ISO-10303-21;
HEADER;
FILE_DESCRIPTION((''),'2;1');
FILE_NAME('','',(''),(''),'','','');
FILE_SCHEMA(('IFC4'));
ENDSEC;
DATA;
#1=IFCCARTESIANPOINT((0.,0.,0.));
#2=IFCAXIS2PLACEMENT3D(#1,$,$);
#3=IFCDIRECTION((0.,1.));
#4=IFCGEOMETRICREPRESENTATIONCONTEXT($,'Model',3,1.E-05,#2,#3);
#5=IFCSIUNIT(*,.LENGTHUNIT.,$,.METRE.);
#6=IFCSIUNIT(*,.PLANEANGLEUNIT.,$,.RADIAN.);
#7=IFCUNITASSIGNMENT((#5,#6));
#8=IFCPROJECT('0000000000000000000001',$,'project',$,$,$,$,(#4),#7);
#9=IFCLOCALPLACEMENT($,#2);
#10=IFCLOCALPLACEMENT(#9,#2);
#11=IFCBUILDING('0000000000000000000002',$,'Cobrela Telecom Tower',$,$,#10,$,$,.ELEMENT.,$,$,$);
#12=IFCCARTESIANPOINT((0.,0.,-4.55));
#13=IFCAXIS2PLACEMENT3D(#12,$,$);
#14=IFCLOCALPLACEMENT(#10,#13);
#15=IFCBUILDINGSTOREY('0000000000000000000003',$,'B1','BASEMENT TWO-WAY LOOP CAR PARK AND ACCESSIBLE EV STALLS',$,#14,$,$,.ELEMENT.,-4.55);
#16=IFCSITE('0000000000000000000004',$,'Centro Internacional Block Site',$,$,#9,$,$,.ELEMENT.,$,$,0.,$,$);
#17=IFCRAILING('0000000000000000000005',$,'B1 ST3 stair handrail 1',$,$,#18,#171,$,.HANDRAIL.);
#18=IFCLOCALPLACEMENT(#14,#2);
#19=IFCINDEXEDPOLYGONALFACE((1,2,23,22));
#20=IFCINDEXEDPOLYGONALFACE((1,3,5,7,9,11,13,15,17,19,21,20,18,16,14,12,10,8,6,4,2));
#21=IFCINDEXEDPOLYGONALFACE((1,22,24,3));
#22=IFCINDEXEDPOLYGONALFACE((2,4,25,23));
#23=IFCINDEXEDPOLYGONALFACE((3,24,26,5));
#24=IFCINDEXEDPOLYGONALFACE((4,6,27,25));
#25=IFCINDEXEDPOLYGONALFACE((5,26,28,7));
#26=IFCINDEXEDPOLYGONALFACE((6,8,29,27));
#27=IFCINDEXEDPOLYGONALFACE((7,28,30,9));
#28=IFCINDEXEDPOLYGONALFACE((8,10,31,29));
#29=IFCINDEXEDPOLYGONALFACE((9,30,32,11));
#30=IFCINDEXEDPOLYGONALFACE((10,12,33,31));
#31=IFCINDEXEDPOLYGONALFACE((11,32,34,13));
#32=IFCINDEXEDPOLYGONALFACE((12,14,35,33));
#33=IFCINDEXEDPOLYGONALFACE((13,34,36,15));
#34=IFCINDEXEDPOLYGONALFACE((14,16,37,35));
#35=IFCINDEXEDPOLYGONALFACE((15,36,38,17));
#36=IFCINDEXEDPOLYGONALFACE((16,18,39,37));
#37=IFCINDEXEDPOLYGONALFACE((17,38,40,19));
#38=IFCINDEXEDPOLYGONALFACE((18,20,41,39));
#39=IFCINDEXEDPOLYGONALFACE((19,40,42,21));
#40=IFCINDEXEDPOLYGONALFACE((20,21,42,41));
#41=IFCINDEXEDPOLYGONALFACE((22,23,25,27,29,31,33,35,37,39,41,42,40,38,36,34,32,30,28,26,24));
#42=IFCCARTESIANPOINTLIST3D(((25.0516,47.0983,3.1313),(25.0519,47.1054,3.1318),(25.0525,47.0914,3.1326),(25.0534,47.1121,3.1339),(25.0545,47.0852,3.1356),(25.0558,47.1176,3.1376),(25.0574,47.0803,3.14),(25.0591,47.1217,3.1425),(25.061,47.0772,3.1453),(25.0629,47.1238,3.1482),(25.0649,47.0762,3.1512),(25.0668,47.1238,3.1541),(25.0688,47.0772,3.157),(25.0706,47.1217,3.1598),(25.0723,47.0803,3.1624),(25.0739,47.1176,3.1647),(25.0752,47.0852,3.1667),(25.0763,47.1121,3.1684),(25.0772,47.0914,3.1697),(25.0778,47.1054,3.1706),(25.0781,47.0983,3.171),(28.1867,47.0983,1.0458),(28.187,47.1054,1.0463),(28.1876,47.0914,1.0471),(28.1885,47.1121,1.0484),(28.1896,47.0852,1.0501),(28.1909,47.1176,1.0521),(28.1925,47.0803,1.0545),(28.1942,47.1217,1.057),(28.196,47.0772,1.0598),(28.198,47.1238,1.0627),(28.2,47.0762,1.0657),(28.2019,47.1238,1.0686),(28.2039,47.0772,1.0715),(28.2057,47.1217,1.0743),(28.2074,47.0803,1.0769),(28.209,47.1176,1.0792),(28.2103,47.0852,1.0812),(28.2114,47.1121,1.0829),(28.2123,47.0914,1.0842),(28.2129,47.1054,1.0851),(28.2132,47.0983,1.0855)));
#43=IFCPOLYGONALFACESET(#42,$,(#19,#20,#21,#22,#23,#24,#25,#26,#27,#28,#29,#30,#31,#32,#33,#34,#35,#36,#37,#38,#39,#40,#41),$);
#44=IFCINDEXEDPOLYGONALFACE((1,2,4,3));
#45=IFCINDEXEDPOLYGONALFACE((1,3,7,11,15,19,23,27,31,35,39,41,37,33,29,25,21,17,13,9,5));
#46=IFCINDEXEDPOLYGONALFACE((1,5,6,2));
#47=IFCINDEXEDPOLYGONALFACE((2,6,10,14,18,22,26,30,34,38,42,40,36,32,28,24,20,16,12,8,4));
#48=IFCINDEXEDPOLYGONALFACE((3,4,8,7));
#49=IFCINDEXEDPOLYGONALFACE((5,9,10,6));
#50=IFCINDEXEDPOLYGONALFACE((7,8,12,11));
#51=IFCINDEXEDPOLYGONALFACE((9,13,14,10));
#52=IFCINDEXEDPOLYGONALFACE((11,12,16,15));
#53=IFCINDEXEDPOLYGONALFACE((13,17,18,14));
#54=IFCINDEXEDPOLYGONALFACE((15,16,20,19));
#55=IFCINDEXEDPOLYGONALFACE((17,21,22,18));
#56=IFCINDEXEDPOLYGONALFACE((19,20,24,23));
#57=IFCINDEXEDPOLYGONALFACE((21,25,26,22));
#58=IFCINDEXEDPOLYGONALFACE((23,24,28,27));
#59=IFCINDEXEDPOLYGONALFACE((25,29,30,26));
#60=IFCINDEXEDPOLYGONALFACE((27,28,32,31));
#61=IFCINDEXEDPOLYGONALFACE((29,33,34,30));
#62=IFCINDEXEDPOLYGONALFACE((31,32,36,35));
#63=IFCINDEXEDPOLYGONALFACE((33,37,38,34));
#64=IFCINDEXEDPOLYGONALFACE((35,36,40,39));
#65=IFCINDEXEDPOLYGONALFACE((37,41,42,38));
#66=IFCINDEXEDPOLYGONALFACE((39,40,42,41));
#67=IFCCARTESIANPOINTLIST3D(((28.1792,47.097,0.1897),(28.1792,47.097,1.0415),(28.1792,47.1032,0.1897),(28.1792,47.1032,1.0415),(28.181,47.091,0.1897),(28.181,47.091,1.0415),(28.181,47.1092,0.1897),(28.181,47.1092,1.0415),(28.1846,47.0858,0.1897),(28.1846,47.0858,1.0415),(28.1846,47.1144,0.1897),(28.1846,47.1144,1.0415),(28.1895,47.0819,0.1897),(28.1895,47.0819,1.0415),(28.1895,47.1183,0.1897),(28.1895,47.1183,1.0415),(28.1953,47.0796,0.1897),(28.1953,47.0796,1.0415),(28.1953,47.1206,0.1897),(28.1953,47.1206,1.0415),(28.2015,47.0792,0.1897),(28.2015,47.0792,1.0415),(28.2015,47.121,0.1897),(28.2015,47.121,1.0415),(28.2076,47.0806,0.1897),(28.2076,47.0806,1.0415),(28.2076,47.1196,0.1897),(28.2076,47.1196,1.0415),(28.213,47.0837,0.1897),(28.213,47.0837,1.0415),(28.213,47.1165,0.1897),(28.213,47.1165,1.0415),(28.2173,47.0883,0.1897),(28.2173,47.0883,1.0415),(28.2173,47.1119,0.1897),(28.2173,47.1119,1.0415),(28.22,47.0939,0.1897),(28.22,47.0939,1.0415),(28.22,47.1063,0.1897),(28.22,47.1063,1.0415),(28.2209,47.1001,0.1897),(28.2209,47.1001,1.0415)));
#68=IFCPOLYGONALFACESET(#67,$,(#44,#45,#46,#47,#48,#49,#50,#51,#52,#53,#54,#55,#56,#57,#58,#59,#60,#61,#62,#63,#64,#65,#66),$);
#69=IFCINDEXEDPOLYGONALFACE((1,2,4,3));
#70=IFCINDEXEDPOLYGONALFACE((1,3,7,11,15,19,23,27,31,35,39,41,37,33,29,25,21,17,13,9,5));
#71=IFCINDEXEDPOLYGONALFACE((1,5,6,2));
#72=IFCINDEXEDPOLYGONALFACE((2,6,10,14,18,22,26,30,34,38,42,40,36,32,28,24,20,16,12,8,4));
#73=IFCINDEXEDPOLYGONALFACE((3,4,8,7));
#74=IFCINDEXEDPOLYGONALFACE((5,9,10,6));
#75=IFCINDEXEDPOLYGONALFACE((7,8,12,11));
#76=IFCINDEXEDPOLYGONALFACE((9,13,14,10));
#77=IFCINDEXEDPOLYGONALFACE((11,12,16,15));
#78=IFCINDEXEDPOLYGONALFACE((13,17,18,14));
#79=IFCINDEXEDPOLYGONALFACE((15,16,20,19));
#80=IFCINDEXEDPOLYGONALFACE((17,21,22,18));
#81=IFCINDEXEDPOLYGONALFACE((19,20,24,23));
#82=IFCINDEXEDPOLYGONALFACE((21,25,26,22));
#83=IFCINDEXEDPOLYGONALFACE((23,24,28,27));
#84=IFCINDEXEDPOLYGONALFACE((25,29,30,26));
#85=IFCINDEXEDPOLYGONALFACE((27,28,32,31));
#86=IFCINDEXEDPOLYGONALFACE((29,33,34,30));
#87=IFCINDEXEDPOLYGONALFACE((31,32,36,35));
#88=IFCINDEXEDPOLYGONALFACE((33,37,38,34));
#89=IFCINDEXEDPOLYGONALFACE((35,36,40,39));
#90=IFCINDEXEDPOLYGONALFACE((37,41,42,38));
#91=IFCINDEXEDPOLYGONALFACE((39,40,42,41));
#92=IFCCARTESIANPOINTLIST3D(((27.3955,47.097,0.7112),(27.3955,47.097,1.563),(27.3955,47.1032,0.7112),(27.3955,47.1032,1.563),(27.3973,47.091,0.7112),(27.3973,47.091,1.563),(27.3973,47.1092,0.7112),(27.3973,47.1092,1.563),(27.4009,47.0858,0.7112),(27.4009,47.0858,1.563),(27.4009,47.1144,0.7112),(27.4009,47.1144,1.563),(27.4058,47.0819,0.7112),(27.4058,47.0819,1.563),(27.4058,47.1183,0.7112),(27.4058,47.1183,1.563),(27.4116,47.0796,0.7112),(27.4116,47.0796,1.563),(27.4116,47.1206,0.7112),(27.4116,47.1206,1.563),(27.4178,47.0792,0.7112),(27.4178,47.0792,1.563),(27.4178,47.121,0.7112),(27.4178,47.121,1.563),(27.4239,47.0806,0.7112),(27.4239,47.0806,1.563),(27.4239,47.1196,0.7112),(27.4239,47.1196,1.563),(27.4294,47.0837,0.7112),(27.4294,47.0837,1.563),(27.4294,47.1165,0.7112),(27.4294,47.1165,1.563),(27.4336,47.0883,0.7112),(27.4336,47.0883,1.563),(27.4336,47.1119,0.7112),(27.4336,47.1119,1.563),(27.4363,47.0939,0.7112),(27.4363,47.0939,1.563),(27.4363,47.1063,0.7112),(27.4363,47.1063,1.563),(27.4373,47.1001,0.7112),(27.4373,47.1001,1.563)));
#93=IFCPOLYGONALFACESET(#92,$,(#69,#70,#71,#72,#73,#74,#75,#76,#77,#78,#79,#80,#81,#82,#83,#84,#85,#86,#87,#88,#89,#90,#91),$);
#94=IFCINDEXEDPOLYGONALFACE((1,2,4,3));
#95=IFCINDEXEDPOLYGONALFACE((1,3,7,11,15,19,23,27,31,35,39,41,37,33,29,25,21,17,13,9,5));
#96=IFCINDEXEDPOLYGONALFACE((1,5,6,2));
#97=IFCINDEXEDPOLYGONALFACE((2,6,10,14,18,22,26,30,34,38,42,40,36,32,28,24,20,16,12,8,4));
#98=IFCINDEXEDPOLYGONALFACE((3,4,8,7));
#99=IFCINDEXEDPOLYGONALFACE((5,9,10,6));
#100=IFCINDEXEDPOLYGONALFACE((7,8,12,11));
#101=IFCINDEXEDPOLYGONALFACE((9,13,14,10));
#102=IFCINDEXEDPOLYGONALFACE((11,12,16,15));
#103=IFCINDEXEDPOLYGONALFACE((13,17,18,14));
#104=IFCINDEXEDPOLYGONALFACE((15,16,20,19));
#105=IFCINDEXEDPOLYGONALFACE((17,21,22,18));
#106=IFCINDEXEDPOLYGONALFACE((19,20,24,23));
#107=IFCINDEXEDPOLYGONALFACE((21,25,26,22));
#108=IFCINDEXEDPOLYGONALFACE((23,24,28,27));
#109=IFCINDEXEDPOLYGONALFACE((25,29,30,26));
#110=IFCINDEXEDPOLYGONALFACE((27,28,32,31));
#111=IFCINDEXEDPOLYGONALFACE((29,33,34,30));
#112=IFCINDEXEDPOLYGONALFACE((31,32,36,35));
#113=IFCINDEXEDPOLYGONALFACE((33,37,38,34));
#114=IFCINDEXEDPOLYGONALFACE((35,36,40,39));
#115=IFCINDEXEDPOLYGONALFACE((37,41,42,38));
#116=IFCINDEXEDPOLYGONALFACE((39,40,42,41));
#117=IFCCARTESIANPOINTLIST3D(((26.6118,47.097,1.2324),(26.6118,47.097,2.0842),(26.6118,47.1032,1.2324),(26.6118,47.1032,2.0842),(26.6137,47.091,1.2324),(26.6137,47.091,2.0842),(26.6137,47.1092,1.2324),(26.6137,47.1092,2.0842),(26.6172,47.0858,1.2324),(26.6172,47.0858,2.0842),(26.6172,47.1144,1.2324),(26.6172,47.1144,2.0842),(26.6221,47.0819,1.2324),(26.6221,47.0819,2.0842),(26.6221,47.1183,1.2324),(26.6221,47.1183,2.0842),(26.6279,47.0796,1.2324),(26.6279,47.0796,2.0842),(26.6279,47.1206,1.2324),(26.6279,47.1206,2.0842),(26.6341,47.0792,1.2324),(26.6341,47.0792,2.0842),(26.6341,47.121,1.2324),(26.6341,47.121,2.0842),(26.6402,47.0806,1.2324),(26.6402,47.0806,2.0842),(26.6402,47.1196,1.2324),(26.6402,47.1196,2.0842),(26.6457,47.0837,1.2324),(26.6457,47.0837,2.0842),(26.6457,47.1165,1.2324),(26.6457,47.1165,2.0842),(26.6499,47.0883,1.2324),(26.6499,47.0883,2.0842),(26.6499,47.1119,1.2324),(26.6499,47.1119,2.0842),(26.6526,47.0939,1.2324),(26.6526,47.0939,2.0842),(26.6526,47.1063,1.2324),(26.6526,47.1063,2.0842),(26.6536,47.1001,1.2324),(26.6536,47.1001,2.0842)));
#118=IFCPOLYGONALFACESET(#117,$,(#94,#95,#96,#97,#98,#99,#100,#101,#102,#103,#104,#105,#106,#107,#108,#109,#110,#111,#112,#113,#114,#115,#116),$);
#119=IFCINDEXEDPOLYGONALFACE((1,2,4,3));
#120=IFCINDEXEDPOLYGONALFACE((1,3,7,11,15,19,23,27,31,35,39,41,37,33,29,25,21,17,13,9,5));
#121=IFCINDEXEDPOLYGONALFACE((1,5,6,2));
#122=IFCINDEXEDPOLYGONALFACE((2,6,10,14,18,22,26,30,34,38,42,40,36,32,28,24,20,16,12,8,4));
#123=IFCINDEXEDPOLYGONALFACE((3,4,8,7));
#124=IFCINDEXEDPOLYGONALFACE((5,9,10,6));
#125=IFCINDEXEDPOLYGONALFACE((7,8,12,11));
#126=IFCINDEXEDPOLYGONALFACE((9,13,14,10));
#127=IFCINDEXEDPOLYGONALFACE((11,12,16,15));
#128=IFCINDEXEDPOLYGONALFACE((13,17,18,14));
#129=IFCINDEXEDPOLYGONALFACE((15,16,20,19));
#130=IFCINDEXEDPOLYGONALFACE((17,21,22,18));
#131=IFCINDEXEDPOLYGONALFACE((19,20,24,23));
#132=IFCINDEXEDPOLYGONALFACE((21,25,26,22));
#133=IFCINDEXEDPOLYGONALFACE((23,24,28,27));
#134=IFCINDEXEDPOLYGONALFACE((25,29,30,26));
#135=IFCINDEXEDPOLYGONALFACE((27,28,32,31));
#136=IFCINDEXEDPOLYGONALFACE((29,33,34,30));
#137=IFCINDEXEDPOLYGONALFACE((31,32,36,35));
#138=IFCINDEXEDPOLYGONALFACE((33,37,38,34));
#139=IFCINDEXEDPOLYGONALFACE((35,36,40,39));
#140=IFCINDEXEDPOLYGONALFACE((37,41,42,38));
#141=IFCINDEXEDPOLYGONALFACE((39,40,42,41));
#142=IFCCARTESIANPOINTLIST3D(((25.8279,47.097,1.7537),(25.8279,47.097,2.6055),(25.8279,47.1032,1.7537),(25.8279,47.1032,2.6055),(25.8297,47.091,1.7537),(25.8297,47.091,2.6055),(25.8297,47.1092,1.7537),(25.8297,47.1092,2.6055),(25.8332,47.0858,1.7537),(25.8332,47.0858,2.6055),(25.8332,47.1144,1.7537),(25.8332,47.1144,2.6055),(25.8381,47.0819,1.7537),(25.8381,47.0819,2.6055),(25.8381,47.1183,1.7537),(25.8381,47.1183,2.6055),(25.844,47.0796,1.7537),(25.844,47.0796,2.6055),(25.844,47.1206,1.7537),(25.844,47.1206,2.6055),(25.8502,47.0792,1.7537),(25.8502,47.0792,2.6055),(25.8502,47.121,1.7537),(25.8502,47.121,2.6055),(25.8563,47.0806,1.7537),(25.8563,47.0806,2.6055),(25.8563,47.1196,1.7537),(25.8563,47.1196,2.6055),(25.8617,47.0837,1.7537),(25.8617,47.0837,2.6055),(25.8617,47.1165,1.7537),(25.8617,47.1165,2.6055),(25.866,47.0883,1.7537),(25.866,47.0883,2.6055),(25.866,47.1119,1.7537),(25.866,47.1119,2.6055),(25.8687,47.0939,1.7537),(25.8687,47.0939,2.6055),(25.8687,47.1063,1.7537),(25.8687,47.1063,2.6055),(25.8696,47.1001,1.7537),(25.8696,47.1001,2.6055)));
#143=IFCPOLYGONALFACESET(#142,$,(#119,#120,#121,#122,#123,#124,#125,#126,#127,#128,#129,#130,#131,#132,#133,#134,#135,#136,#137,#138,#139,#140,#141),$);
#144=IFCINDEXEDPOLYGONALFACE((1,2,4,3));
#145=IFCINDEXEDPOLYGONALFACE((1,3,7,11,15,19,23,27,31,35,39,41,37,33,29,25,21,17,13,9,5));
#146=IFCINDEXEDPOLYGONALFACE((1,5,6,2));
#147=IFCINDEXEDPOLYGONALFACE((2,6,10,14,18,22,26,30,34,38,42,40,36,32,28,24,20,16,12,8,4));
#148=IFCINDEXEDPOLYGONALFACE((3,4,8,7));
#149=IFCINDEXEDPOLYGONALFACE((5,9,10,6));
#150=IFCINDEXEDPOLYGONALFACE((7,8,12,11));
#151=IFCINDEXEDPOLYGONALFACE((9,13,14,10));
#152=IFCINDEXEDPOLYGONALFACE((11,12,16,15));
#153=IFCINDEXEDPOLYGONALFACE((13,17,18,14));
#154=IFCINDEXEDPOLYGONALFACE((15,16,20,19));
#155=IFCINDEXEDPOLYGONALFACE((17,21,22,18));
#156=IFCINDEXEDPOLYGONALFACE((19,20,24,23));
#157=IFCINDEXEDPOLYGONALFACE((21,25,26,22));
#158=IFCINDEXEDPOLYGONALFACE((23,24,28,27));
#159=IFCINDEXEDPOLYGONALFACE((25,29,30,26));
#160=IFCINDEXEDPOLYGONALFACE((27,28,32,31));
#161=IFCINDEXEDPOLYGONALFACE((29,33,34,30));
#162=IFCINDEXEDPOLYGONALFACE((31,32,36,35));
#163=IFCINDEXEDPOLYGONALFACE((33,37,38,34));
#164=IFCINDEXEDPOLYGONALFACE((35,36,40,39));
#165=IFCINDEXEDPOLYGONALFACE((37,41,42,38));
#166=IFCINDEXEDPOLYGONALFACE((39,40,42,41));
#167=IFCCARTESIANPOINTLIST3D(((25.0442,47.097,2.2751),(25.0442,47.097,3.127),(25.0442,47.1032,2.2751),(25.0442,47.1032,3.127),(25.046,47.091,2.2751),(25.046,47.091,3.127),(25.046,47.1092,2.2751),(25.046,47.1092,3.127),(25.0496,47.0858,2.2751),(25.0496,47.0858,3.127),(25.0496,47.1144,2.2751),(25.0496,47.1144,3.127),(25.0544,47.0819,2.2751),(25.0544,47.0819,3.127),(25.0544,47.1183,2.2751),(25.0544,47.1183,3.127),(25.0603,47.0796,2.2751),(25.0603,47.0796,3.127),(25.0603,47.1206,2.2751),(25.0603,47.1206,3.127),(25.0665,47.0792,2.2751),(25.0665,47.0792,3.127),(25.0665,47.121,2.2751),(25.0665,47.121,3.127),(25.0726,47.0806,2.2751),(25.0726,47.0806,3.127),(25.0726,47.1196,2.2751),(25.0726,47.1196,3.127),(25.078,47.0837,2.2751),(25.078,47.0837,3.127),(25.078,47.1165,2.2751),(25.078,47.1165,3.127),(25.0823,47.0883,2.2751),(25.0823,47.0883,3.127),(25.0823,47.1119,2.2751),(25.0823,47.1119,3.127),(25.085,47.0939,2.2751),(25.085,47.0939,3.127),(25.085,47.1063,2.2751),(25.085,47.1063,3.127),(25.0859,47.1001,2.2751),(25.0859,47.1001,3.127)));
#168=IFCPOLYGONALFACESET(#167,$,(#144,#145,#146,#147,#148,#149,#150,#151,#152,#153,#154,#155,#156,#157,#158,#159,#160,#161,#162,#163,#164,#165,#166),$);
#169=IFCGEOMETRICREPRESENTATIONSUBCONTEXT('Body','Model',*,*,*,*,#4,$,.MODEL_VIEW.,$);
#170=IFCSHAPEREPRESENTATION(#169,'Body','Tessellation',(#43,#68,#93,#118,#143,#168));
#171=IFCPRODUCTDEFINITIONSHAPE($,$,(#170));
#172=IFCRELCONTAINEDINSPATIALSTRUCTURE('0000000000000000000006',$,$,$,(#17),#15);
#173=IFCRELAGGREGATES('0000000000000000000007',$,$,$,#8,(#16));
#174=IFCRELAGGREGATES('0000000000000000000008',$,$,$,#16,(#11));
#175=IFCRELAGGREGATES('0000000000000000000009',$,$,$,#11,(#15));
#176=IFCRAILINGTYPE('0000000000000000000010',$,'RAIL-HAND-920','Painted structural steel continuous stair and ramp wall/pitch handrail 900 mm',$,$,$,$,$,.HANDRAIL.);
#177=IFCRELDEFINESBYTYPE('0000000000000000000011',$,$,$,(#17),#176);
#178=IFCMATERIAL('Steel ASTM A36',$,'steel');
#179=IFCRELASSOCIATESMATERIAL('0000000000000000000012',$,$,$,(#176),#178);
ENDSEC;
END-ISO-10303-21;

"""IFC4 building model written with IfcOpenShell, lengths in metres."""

from ifc_helpers import new_model, si_unit, direction, frame, origin, origin_2d, place, context, subcontext, project, spatial, circle, extrude, material, type_object, element, save


model = new_model("IFC4")

# Units and contexts
model_context = context("Model", 3, precision=1e-05, world=origin(), true_north=direction((0.0, 1.0)))
body_context = subcontext(model_context, "Body", "Model", "MODEL_VIEW")
ifc_project = project(units=[si_unit("LENGTHUNIT", "METRE"), si_unit("PLANEANGLEUNIT", "RADIAN")], contexts=[model_context])

# Site, building, storey
site_placement = place(None, origin())
site = spatial("IfcSite", under=ifc_project, at=site_placement, Name="Centro Internacional Block Site", CompositionType="ELEMENT", RefElevation=0.0)
building_placement = place(site_placement, origin())
building = spatial("IfcBuilding", under=site, at=building_placement, Name="Cobrela Telecom Tower", CompositionType="ELEMENT")
storey_placement = place(building_placement, frame((0.0, 0.0, -4.55)))
storey = spatial("IfcBuildingStorey", under=building, at=storey_placement, Name="B1", Description="BASEMENT TWO-WAY LOOP CAR PARK AND ACCESSIBLE EV STALLS", CompositionType="ELEMENT", Elevation=-4.55)

# Shared definitions
ifc_material_1 = material(Name="Steel ASTM A36", Category="steel")

# Railing
railing_type_1 = type_object("IfcRailingType", Name="RAIL-HAND-920", Description="Painted structural steel continuous stair and ramp wall/pitch handrail 900 mm", PredefinedType="HANDRAIL", material=ifc_material_1)
railing_1_placement = place(storey_placement, frame((28.2, 47.1001, 0.1897)))
element("IfcRailing", 1, at=railing_1_placement, inside=storey, type_object=railing_type_1, Name="B1 ST3 stair handrail 1", PredefinedType="HANDRAIL", context=body_context, shape_type="SweptSolid", body=[
    extrude(circle(Radius=0.0239, at=origin_2d()), frame((0.0, 0.0, 0.876), z_axis=(-0.832608, 0.0, 0.553862), x_axis=(0.0, -1.0, 0.0)), (0.0, 0.0, 1.0), 3.7654),
    extrude(circle(Radius=0.021, at=origin_2d()), origin(), (0.0, 0.0, 1.0), 0.8518),
    extrude(circle(Radius=0.021, at=origin_2d()), frame((-0.7837, 0.0, 0.5215)), (0.0, 0.0, 1.0), 0.8518),
    extrude(circle(Radius=0.021, at=origin_2d()), frame((-1.5674, 0.0, 1.0427)), (0.0, 0.0, 1.0), 0.8518),
    extrude(circle(Radius=0.021, at=origin_2d()), frame((-2.3513, 0.0, 1.564)), (0.0, 0.0, 1.0), 0.8518),
    extrude(circle(Radius=0.021, at=origin_2d()), frame((-3.135, 0.0, 2.0854)), (0.0, 0.0, 1.0), 0.8518),
])

save(model, "model.ifc")
